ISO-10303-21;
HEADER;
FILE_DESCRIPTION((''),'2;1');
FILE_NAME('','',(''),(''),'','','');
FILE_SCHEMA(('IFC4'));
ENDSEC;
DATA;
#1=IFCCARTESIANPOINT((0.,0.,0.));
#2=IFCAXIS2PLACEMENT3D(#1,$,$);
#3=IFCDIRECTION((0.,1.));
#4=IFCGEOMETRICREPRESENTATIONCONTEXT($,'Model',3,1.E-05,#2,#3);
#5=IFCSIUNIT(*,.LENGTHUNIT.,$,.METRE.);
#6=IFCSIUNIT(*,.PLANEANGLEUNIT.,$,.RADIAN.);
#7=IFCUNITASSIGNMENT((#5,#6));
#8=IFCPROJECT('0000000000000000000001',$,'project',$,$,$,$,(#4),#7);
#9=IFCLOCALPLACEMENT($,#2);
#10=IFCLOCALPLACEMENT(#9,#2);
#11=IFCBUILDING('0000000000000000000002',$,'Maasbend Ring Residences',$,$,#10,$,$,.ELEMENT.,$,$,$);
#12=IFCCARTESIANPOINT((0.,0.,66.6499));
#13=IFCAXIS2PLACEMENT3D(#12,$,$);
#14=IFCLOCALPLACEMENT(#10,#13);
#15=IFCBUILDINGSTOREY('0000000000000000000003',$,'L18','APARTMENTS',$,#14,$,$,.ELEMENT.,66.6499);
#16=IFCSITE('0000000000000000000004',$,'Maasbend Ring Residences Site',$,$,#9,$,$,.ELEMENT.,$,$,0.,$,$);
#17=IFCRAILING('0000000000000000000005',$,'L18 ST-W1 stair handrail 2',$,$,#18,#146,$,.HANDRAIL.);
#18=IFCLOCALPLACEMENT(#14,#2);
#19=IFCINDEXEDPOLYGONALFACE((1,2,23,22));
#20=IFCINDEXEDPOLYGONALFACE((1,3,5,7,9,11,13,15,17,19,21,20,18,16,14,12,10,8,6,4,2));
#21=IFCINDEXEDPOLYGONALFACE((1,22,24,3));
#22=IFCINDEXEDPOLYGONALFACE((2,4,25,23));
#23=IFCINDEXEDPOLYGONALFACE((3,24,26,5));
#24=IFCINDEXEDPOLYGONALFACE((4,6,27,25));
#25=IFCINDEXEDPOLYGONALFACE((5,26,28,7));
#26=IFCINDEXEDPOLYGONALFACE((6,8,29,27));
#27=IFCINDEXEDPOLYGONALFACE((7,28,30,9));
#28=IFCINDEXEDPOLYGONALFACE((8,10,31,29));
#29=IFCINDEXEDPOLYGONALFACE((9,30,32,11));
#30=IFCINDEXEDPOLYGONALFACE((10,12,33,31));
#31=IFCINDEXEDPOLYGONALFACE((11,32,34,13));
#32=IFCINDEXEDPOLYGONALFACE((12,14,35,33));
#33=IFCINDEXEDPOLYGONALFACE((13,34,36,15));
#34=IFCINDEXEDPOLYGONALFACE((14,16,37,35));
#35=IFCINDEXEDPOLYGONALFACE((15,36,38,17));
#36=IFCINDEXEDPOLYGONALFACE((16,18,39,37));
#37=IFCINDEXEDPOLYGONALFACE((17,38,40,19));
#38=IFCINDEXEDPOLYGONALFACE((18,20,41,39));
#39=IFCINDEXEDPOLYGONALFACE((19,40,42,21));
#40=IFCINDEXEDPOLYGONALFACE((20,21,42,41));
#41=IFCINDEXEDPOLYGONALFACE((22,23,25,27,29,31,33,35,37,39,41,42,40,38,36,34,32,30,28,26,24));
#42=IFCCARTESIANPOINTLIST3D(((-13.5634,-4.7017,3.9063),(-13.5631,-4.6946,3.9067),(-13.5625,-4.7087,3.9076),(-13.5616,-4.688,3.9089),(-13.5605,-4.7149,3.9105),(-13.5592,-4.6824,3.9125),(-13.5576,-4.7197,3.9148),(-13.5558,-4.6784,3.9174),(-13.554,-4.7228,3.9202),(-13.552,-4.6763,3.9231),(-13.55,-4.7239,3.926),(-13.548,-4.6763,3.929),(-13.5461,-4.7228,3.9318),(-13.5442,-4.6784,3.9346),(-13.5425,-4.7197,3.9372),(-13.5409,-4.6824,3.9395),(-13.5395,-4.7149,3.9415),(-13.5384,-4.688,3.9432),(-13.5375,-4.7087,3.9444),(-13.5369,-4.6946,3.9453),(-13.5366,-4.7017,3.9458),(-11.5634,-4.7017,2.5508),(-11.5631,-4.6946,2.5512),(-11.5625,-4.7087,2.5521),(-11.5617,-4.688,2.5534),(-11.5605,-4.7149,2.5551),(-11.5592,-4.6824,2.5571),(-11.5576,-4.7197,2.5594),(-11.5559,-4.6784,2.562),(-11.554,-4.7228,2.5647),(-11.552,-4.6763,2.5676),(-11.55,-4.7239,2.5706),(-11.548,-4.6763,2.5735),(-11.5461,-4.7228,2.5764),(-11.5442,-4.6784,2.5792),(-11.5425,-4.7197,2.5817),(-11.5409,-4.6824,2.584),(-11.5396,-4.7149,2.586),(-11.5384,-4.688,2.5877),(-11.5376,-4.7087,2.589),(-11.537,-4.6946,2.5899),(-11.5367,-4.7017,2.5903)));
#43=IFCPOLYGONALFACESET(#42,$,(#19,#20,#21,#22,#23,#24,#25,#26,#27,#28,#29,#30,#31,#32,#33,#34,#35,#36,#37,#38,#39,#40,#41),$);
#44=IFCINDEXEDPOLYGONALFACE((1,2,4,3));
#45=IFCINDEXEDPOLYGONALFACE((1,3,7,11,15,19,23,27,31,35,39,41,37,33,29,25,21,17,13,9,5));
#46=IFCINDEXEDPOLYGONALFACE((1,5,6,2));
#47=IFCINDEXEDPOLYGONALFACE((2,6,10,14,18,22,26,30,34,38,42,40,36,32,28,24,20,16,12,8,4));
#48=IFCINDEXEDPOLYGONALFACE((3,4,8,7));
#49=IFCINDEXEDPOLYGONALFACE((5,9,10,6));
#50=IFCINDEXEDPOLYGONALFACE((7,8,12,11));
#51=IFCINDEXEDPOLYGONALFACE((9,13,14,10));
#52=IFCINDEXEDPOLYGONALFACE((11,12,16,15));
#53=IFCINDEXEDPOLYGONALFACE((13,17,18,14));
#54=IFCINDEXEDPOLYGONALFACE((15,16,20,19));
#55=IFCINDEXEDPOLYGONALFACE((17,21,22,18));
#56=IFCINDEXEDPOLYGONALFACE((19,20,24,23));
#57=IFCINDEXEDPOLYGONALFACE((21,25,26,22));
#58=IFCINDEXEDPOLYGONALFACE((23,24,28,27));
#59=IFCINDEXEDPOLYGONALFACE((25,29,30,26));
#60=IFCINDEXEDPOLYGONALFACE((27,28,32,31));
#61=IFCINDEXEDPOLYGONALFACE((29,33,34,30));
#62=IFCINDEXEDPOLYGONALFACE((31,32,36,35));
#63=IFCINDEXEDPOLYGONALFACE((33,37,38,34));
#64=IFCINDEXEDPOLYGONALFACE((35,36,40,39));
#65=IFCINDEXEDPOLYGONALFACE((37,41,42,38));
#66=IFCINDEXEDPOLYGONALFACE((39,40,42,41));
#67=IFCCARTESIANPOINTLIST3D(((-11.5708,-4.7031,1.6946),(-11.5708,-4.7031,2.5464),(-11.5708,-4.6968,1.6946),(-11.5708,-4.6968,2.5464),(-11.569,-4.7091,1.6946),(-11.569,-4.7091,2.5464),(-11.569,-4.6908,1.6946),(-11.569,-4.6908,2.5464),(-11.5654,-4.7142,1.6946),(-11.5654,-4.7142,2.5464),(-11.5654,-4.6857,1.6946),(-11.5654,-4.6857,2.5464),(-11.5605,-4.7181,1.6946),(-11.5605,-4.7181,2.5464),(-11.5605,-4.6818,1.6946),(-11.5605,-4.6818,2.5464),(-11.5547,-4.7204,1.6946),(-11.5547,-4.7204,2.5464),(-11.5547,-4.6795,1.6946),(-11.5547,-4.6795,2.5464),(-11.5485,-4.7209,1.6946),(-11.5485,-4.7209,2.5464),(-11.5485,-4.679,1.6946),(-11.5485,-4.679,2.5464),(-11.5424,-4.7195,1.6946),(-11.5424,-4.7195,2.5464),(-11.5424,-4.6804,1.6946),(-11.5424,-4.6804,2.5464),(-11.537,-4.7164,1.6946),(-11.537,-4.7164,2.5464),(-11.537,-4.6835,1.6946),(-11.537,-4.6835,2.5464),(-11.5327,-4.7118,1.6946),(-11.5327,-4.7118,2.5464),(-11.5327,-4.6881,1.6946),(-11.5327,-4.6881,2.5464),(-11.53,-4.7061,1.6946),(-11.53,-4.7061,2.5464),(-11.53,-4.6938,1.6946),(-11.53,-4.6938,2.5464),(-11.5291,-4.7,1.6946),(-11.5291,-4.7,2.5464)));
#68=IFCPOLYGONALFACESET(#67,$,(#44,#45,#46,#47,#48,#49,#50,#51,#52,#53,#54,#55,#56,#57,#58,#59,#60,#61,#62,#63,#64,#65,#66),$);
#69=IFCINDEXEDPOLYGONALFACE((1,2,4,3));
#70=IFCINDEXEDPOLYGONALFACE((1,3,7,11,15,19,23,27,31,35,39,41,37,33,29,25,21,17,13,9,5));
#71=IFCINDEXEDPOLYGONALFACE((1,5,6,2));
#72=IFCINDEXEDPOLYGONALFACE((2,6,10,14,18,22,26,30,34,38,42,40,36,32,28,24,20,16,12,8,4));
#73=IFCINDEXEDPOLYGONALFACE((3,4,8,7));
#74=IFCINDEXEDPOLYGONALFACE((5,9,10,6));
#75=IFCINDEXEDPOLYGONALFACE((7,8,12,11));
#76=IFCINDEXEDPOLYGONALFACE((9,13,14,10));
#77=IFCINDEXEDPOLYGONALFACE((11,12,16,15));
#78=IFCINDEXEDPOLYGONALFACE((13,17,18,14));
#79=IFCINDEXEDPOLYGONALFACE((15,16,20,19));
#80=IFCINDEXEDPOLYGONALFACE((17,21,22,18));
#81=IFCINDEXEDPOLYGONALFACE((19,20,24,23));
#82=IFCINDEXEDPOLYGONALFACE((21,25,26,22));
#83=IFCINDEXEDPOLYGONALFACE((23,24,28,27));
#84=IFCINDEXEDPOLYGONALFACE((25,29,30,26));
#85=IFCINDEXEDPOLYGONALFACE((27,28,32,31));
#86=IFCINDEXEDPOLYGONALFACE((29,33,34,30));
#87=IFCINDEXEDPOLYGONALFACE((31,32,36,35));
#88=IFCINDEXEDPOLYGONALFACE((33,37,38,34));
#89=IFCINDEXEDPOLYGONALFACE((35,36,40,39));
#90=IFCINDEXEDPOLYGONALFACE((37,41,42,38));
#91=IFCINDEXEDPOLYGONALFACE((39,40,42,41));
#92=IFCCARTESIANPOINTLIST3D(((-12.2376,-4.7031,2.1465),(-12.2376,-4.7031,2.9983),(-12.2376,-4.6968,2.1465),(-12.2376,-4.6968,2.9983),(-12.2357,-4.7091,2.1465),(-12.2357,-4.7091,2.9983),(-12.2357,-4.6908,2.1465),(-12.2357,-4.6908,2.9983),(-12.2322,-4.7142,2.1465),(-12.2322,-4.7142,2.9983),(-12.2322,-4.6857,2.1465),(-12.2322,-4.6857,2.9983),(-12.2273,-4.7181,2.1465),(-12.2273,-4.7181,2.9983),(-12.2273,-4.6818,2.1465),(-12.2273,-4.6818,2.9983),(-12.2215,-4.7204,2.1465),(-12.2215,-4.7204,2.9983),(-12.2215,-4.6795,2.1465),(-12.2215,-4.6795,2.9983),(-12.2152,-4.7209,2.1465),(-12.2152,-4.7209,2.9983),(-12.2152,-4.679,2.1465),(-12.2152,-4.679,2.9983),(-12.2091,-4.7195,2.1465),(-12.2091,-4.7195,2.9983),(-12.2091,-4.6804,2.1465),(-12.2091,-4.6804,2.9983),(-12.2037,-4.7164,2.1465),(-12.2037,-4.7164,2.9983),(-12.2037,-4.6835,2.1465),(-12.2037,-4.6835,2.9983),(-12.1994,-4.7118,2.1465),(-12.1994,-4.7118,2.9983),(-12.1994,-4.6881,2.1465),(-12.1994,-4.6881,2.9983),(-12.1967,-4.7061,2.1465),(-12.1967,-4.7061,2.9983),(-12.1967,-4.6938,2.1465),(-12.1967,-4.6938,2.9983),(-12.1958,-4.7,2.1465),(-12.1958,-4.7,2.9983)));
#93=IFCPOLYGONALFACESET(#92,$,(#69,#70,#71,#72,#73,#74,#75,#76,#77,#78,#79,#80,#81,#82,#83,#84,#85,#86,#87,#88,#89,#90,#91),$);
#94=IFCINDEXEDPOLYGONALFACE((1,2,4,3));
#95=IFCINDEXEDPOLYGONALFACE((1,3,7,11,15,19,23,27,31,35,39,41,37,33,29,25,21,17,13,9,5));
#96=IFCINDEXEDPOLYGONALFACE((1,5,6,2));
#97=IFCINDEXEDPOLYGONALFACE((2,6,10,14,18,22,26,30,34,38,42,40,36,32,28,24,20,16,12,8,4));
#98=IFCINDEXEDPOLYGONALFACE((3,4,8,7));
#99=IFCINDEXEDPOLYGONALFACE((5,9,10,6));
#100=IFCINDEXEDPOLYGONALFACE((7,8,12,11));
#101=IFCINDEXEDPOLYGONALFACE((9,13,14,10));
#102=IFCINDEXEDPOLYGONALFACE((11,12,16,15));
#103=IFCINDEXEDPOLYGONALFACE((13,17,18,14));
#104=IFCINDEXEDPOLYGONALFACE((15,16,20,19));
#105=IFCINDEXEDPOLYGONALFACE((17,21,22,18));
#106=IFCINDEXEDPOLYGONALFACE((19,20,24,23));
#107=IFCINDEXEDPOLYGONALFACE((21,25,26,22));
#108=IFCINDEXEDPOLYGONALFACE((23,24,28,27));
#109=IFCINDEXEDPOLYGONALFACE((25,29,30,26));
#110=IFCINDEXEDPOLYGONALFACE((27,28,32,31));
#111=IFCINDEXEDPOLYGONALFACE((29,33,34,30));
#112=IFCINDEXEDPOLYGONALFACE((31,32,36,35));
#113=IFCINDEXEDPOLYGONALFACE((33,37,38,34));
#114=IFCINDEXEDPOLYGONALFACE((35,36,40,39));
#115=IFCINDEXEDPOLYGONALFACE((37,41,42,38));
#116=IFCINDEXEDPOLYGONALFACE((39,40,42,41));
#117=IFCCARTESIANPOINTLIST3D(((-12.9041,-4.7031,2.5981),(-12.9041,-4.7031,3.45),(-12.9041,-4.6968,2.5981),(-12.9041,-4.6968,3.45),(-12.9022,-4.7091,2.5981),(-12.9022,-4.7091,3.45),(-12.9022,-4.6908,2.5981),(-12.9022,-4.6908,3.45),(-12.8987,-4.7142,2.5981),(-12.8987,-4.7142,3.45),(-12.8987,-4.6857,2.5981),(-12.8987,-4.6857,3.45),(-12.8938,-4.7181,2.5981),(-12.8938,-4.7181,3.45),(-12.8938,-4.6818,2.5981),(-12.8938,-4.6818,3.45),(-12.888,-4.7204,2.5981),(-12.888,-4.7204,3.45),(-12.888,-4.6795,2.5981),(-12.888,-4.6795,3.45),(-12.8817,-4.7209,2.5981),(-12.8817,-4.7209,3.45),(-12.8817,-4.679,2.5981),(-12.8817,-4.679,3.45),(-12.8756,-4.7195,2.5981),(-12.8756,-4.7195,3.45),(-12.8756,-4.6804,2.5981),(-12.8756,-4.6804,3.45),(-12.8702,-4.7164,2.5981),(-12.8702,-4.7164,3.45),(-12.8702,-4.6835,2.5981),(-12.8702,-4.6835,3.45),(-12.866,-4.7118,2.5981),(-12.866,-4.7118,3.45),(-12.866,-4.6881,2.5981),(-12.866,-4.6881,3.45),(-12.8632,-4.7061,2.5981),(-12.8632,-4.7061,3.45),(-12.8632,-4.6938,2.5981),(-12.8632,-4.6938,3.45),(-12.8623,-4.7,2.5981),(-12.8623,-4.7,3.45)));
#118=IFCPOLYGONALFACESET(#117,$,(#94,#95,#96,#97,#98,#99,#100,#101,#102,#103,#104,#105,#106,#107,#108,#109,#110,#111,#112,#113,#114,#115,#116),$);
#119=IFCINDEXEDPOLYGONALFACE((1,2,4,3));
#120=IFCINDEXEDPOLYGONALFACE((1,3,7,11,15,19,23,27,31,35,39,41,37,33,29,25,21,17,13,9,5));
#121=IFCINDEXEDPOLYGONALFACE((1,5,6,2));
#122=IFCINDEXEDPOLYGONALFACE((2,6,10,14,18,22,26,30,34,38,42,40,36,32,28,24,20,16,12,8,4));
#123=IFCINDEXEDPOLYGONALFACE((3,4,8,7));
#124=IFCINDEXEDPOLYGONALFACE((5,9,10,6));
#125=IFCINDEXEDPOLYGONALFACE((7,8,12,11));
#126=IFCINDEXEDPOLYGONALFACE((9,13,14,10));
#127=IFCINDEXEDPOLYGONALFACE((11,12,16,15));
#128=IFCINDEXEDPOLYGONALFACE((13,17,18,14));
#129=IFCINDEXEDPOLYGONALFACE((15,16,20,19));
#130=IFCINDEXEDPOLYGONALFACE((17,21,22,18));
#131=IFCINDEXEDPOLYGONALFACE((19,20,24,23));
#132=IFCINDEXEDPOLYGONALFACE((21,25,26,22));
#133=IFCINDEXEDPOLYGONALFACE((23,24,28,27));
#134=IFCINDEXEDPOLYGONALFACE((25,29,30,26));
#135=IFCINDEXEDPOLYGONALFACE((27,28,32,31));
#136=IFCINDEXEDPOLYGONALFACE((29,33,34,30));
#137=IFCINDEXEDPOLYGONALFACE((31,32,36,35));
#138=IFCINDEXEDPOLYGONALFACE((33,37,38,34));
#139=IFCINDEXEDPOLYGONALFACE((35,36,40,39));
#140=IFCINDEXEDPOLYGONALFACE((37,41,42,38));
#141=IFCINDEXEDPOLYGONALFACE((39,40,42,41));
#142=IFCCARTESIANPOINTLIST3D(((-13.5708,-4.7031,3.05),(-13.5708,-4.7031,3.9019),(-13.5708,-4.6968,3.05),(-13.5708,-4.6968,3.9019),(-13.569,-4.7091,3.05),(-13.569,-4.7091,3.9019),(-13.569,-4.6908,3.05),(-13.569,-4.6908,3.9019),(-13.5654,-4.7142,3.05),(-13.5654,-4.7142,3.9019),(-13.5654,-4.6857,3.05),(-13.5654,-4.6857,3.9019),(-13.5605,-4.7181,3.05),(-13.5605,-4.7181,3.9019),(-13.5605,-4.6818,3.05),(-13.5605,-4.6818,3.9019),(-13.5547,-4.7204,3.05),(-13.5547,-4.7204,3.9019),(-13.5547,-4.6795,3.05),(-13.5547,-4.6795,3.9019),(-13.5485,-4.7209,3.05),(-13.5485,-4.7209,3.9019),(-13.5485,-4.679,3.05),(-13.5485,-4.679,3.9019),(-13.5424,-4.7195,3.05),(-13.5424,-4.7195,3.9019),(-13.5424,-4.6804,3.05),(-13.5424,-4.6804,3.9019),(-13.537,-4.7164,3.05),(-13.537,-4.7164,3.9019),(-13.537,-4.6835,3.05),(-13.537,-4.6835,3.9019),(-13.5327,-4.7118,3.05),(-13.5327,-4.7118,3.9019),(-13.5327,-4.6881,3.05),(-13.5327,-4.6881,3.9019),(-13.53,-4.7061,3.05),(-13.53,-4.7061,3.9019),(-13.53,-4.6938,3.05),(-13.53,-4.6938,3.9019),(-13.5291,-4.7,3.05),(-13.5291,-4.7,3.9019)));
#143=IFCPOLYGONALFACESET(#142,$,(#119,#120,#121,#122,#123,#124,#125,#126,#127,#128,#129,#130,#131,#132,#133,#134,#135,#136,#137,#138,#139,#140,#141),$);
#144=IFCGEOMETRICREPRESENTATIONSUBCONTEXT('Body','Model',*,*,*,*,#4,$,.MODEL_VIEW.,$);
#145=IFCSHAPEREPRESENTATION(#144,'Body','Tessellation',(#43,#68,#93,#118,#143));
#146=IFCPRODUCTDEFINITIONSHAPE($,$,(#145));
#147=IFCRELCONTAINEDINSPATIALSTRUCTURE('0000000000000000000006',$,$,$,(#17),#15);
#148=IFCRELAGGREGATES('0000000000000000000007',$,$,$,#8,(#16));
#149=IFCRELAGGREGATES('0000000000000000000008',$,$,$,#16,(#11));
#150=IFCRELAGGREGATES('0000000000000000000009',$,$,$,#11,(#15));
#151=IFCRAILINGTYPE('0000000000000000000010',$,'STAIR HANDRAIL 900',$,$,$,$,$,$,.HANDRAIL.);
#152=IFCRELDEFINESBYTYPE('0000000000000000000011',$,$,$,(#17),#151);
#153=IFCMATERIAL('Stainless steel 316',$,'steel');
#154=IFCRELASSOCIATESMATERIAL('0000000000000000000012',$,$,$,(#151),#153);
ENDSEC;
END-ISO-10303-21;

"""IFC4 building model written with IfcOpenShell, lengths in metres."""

from ifc_helpers import new_model, si_unit, direction, frame, origin, origin_2d, place, context, subcontext, project, spatial, circle, extrude, material, type_object, element, save


model = new_model("IFC4")

# Units and contexts
model_context = context("Model", 3, precision=1e-05, world=origin(), true_north=direction((0.0, 1.0)))
body_context = subcontext(model_context, "Body", "Model", "MODEL_VIEW")
ifc_project = project(units=[si_unit("LENGTHUNIT", "METRE"), si_unit("PLANEANGLEUNIT", "RADIAN")], contexts=[model_context])

# Site, building, storey
site_placement = place(None, origin())
site = spatial("IfcSite", under=ifc_project, at=site_placement, Name="Maasbend Ring Residences Site", CompositionType="ELEMENT", RefElevation=0.0)
building_placement = place(site_placement, origin())
building = spatial("IfcBuilding", under=site, at=building_placement, Name="Maasbend Ring Residences", CompositionType="ELEMENT")
storey_placement = place(building_placement, frame((0.0, 0.0, 66.6499)))
storey = spatial("IfcBuildingStorey", under=building, at=storey_placement, Name="L18", Description="APARTMENTS", CompositionType="ELEMENT", Elevation=66.6499)

# Railing
ifc_material_1 = material(Name="Stainless steel 316", Category="steel")
railing_type_1 = type_object("IfcRailingType", Name="STAIR HANDRAIL 900", PredefinedType="HANDRAIL", material=ifc_material_1)
railing_1_placement = place(storey_placement, frame((-11.55, -4.7, 1.6946)))
element("IfcRailing", 1, at=railing_1_placement, inside=storey, type_object=railing_type_1, Name="L18 ST-W1 stair handrail 2", PredefinedType="HANDRAIL", context=body_context, shape_type="SweptSolid", body=[
    extrude(circle(Radius=0.0239, at=origin_2d()), frame((0.0, 0.0, 0.876), z_axis=(-0.827798, 0.0, 0.561027), x_axis=(0.0, -1.0, 0.0)), (0.0, 0.0, 1.0), 2.416),
    extrude(circle(Radius=0.021, at=origin_2d()), origin(), (0.0, 0.0, 1.0), 0.8518),
    extrude(circle(Radius=0.021, at=origin_2d()), frame((-0.6667, 0.0, 0.4519)), (0.0, 0.0, 1.0), 0.8518),
    extrude(circle(Radius=0.021, at=origin_2d()), frame((-1.3333, 0.0, 0.9036)), (0.0, 0.0, 1.0), 0.8518),
    extrude(circle(Radius=0.021, at=origin_2d()), frame((-2.0, 0.0, 1.3555)), (0.0, 0.0, 1.0), 0.8518),
])

save(model, "model.ifc")
